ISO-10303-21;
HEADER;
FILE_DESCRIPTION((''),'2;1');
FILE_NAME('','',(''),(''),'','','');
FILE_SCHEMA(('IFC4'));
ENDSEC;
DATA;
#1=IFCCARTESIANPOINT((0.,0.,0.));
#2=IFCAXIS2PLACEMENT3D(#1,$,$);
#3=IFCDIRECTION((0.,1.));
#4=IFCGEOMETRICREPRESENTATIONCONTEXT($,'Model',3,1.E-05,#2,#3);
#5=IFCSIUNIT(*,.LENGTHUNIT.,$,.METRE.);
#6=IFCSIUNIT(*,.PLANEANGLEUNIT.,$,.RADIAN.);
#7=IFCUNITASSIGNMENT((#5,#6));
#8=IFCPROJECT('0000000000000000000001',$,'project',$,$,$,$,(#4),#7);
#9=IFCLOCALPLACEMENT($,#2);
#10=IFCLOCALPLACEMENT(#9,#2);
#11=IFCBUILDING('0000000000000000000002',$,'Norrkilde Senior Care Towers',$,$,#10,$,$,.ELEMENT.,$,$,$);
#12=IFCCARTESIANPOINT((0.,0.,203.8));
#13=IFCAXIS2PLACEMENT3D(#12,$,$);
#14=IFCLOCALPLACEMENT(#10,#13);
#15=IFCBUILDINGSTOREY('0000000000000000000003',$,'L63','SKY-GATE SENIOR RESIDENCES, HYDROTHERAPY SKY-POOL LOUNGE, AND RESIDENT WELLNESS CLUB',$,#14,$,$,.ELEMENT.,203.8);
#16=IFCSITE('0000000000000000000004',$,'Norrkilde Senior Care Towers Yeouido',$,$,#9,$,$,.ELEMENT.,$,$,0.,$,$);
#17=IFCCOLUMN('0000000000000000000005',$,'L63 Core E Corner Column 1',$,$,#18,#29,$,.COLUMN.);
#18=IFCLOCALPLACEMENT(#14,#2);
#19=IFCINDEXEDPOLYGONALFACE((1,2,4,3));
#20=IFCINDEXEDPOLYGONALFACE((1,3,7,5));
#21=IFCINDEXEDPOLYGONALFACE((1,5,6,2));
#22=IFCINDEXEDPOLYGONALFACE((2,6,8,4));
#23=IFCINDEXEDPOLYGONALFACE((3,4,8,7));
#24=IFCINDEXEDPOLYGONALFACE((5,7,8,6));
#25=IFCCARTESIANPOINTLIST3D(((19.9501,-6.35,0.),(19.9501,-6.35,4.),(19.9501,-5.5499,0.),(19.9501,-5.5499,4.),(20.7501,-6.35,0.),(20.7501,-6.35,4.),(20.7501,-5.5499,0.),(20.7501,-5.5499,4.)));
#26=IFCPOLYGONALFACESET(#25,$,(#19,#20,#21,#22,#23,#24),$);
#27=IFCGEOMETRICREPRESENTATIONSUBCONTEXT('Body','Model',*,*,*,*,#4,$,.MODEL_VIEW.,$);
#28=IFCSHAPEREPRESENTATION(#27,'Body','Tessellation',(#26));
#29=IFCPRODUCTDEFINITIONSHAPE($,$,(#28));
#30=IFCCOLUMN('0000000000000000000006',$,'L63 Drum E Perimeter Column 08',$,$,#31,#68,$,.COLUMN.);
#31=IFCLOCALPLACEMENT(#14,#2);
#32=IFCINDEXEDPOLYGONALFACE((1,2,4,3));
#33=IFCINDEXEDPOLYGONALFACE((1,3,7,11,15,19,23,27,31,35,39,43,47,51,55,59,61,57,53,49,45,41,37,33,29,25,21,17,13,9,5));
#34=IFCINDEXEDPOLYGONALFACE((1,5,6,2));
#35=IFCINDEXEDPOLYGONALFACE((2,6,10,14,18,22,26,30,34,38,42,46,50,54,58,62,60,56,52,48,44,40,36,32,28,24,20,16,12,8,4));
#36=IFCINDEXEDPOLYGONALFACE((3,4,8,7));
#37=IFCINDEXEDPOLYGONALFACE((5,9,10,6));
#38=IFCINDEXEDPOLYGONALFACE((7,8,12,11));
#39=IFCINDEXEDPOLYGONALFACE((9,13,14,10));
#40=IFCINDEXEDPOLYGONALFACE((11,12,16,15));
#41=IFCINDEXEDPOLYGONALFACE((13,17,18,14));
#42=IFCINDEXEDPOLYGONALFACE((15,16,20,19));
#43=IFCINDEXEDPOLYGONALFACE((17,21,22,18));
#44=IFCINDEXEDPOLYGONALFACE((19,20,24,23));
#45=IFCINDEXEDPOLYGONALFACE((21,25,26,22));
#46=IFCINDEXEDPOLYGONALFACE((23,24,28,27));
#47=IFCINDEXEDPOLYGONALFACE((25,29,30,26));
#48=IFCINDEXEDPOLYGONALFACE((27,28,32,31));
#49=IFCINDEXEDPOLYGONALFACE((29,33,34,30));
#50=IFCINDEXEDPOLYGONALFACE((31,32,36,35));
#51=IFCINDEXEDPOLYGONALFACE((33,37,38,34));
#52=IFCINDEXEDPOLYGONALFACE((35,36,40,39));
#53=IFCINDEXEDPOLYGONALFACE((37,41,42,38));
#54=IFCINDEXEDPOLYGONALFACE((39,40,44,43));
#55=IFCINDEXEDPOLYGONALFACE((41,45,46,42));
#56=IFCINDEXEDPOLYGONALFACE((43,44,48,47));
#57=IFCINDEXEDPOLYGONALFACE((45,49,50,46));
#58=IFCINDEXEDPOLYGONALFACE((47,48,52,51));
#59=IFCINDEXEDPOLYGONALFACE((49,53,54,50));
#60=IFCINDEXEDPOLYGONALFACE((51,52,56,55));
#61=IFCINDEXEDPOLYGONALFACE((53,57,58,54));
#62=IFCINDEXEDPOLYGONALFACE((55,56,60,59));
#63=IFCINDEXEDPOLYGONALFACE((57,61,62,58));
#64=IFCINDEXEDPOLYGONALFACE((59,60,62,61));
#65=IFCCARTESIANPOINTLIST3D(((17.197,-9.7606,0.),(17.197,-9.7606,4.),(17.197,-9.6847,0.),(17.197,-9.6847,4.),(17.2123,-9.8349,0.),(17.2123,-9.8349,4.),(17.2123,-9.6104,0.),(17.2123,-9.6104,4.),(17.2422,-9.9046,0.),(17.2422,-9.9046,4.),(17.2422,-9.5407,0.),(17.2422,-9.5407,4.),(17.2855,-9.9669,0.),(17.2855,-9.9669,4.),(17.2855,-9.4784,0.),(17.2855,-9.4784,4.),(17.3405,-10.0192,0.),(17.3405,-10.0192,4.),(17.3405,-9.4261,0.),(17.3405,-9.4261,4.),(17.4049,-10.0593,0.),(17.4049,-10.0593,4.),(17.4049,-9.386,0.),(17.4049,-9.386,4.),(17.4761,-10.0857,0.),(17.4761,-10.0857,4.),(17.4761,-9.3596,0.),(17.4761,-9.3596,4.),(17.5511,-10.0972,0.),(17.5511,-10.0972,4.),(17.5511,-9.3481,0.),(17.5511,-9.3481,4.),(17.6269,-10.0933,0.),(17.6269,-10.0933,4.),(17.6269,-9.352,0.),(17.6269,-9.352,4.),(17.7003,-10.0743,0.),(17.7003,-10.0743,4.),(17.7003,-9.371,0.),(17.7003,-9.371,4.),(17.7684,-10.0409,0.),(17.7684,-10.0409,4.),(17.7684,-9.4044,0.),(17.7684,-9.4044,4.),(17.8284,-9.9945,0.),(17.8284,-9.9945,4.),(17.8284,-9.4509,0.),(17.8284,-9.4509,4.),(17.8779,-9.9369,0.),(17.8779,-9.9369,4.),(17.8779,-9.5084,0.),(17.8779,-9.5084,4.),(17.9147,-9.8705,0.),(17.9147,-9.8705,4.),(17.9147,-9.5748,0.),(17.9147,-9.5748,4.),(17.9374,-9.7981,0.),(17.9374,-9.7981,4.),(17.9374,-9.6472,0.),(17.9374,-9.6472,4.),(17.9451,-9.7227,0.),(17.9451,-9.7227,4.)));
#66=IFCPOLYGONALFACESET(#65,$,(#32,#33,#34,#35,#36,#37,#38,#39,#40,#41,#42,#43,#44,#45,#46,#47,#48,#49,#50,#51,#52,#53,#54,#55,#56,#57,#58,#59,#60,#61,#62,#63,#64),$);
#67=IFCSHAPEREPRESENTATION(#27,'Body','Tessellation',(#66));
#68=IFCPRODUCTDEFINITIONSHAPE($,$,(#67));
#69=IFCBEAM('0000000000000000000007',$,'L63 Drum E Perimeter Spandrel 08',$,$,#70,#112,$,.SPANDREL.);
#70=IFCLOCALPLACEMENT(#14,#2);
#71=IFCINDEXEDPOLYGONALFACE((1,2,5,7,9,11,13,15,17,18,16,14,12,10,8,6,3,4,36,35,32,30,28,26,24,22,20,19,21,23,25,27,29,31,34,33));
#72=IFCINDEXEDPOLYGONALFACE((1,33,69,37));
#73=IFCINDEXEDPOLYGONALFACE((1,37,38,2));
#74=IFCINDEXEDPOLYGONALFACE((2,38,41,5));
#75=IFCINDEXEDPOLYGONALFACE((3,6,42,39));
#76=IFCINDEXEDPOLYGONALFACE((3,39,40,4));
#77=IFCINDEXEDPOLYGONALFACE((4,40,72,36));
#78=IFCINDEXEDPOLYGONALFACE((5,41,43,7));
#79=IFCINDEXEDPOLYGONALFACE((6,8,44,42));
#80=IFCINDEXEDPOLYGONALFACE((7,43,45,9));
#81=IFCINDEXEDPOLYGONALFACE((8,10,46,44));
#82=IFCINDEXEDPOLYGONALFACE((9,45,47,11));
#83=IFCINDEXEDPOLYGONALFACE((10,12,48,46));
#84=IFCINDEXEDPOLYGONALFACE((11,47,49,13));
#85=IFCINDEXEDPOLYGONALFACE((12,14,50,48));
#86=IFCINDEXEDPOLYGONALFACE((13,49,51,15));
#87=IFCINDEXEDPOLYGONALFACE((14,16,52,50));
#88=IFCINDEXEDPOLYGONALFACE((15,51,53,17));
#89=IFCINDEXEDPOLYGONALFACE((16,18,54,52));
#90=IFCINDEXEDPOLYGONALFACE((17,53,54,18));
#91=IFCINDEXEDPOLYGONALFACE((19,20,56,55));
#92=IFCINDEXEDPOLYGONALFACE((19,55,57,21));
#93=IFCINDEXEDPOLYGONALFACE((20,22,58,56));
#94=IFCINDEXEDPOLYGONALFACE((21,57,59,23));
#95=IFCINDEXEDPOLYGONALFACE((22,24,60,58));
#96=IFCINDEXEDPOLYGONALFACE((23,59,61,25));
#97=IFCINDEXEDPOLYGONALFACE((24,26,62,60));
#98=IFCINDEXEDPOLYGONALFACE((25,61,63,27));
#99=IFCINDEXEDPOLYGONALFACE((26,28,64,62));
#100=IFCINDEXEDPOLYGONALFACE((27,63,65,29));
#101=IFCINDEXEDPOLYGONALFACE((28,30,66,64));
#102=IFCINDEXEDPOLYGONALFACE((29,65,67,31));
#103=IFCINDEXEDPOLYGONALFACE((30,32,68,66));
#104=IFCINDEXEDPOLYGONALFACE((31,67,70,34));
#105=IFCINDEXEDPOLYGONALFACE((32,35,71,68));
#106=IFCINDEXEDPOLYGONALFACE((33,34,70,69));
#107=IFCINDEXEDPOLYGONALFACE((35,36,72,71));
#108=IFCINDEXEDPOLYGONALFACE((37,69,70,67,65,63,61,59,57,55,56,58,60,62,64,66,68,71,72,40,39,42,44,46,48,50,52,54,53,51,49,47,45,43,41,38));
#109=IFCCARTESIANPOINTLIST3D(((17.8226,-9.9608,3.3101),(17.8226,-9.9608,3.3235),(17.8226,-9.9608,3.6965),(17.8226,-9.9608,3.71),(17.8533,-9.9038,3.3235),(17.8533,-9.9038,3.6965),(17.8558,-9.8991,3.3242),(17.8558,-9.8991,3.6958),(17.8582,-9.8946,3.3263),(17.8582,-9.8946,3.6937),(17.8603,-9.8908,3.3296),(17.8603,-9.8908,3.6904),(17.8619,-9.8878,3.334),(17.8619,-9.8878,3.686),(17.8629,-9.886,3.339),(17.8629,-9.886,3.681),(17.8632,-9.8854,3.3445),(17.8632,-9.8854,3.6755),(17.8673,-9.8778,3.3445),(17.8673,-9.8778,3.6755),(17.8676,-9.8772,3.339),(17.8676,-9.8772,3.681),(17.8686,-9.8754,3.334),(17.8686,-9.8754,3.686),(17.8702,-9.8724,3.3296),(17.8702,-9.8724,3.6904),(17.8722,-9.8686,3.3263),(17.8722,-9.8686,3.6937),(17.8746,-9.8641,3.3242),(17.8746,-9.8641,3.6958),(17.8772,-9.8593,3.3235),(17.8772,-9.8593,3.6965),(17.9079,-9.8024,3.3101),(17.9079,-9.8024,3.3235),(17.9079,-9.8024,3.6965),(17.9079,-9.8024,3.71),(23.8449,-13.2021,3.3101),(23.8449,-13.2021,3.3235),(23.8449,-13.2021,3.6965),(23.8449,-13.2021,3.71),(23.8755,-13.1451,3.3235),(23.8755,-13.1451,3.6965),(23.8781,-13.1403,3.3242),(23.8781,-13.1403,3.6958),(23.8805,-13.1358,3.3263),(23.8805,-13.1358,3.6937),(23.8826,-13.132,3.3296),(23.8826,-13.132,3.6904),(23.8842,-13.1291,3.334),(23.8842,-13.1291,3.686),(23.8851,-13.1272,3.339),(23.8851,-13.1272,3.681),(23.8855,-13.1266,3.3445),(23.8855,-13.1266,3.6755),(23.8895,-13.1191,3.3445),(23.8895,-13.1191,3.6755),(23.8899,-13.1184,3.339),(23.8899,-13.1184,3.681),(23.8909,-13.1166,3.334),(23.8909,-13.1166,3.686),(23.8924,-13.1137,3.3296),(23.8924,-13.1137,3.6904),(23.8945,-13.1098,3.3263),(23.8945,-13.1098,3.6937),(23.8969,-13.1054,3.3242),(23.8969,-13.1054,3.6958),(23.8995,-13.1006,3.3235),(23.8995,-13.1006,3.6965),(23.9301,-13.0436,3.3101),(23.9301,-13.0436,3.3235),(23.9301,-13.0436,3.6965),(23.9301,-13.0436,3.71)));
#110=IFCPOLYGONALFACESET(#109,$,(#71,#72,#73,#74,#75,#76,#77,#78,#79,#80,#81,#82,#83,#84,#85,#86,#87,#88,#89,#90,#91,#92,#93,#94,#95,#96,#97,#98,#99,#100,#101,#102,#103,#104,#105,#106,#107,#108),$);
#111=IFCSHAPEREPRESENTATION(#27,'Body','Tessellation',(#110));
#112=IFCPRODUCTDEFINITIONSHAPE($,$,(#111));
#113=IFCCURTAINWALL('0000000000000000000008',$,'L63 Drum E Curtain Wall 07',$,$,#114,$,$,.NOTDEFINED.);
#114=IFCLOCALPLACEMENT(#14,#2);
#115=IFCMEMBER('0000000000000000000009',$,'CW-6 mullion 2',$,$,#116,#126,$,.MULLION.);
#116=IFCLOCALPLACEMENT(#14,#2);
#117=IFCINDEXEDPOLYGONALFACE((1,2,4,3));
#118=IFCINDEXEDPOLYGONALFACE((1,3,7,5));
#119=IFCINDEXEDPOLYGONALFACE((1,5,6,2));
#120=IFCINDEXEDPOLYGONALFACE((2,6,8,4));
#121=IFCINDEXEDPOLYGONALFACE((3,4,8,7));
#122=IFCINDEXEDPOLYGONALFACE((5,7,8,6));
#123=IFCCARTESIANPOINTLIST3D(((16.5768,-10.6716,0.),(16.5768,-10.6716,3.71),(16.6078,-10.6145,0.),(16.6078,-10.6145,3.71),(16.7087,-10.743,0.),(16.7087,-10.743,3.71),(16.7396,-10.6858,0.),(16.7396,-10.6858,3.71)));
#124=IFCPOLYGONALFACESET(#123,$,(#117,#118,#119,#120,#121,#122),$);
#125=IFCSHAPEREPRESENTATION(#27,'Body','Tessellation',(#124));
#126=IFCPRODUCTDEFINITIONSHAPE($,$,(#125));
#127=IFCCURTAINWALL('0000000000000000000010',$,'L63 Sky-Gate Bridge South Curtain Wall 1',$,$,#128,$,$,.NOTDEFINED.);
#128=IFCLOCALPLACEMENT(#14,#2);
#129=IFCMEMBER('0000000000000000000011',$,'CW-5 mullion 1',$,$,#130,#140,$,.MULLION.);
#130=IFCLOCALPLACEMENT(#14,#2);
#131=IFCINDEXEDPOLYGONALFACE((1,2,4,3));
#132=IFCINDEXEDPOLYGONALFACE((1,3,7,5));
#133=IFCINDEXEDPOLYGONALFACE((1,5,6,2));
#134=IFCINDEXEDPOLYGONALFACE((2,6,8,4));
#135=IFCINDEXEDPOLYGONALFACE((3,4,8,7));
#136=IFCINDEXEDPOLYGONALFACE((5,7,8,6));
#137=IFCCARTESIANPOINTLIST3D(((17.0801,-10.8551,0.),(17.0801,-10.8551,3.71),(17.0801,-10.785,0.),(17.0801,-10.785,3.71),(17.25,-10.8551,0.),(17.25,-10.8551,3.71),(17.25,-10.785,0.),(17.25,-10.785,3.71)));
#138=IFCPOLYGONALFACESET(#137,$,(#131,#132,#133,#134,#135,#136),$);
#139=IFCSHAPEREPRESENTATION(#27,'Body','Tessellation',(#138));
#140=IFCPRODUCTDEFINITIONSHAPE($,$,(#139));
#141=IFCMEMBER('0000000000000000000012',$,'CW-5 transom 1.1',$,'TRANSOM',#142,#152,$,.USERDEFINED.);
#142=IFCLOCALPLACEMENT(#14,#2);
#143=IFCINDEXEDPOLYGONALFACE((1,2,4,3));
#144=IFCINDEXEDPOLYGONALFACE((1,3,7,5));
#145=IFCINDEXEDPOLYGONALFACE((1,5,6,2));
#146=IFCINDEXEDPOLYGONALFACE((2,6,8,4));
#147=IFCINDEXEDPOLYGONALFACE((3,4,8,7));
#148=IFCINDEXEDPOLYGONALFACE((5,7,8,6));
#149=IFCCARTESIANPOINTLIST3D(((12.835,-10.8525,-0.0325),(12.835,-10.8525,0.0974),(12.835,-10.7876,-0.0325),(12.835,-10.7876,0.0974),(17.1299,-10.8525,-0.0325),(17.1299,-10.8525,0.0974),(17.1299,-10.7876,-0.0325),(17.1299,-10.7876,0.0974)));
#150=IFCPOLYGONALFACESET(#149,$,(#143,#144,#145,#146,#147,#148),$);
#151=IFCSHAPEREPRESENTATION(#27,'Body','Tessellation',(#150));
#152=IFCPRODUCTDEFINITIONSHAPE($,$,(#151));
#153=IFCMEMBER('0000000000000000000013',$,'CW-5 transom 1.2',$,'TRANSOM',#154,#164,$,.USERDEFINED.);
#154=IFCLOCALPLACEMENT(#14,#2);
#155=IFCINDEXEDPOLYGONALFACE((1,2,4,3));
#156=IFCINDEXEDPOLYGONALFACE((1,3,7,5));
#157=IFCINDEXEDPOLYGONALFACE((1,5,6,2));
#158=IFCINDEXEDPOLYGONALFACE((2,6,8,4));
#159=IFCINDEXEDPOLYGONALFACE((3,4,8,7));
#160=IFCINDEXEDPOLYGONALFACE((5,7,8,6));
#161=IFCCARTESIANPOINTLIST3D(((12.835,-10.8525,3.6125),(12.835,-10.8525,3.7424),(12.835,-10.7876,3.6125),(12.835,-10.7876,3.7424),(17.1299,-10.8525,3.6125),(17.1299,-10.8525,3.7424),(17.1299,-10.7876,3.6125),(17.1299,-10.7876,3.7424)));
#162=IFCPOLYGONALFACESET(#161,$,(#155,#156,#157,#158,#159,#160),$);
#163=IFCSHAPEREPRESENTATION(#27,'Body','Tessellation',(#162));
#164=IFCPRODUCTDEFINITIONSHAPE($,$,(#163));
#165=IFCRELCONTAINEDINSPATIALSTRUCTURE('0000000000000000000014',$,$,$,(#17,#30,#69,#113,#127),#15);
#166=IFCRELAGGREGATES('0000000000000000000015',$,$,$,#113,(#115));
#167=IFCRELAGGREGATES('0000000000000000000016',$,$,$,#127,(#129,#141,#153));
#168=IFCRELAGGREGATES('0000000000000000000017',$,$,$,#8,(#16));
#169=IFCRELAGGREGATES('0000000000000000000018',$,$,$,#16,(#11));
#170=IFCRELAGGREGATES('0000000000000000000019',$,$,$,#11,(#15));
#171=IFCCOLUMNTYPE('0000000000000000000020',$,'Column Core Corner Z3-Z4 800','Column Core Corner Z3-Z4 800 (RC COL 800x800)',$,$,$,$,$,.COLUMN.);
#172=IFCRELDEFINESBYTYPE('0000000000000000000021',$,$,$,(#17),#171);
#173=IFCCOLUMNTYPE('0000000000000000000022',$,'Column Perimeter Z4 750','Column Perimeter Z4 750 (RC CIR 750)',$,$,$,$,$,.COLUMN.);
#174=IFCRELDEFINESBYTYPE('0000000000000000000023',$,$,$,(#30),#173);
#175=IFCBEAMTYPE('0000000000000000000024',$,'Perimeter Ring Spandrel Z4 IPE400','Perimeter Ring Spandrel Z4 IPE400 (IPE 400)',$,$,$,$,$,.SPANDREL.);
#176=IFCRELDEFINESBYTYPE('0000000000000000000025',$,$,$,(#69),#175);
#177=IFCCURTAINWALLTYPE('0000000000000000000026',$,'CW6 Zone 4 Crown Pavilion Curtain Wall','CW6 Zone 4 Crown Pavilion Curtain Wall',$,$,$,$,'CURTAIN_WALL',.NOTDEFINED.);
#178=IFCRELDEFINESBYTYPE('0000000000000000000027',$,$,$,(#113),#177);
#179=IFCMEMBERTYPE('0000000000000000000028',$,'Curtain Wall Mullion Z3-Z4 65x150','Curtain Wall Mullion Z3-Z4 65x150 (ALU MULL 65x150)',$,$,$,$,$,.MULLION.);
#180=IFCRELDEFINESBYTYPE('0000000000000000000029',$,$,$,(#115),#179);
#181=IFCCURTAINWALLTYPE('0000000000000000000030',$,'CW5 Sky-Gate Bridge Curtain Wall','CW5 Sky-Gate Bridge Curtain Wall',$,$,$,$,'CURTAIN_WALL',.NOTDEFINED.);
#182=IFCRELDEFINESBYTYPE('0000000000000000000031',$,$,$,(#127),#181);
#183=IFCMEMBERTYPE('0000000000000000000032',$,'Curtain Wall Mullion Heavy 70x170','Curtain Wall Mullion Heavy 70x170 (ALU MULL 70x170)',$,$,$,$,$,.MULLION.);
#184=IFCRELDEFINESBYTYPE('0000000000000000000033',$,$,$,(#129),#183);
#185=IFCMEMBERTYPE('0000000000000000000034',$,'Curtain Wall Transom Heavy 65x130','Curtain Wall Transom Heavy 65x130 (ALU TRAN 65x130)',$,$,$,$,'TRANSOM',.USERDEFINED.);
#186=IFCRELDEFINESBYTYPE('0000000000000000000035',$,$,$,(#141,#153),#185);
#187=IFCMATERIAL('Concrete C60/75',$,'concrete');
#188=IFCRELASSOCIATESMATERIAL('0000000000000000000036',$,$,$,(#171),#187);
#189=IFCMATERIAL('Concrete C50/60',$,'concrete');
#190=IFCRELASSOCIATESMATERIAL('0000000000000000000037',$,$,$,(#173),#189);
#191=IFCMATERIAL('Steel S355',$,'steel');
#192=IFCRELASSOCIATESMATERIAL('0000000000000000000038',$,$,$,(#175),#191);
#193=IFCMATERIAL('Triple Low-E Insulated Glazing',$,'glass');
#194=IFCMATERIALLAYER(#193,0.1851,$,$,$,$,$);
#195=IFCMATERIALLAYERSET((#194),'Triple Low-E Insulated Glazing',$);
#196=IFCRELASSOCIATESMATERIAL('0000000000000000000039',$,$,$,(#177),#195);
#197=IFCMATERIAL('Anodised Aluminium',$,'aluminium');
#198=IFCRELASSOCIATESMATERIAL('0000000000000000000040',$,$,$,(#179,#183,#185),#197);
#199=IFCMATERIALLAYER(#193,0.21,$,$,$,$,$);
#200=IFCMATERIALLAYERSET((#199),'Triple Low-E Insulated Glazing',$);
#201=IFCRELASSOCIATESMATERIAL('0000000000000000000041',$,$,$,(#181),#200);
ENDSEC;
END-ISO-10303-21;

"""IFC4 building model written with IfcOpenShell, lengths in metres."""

from ifc_helpers import new_model, si_unit, direction, frame, origin, origin_2d, place, context, subcontext, project, spatial, rectangle, circle, i_section, extrude, source, transform, mapped, material, layer, layer_set, material_profile, profile_set, type_object, type_shapes, element, aggregate, save


model = new_model("IFC4")

# Units and contexts
model_context = context("Model", 3, precision=1e-05, world=origin(), true_north=direction((0.0, 1.0)))
body_context = subcontext(model_context, "Body", "Model", "MODEL_VIEW")
ifc_project = project(units=[si_unit("LENGTHUNIT", "METRE"), si_unit("PLANEANGLEUNIT", "RADIAN")], contexts=[model_context])

# Site, building, storey
site_placement = place(None, origin())
site = spatial("IfcSite", under=ifc_project, at=site_placement, Name="Norrkilde Senior Care Towers Yeouido", CompositionType="ELEMENT", RefElevation=0.0)
building_placement = place(site_placement, origin())
building = spatial("IfcBuilding", under=site, at=building_placement, Name="Norrkilde Senior Care Towers", CompositionType="ELEMENT")
storey_placement = place(building_placement, frame((0.0, 0.0, 203.8)))
storey = spatial("IfcBuildingStorey", under=building, at=storey_placement, Name="L63", Description="SKY-GATE SENIOR RESIDENCES, HYDROTHERAPY SKY-POOL LOUNGE, AND RESIDENT WELLNESS CLUB", CompositionType="ELEMENT", Elevation=203.8)

# Columns
ifc_material_1 = material(Name="Concrete C60/75", Category="concrete")
ifc_material_profile_1 = material_profile(ifc_material_1, rectangle(XDim=0.8, YDim=0.8, at=origin_2d()), Name="RC COL 800x800")
ifc_profile_set_1 = profile_set([ifc_material_profile_1], Name="Concrete C60/75")
column_type_1 = type_object("IfcColumnType", Name="Column Core Corner Z3-Z4 800", Description="Column Core Corner Z3-Z4 800 (RC COL 800x800)", PredefinedType="COLUMN", material=ifc_profile_set_1)
shared_shape_1 = source(origin(), body_context, "Body", "SweptSolid", [
    extrude(rectangle(XDim=0.8, YDim=0.8, at=origin_2d()), origin(), (0.0, 0.0, 1.0), 4.0),
])
type_shapes(column_type_1, [shared_shape_1])
column_1_placement = place(storey_placement, frame((20.3501, -5.95, 0.0), z_axis=(0.0, 0.0, 1.0), x_axis=(1.0, 0.0, 0.0)))
element("IfcColumn", 1, at=column_1_placement, inside=storey, type_object=column_type_1, Name="L63 Core E Corner Column 1", PredefinedType="COLUMN", context=body_context, shape_type="MappedRepresentation", body=[
    mapped(shared_shape_1, transform((0.0, 0.0, 0.0), x_axis=(1.0, 0.0, 0.0), y_axis=(0.0, 1.0, 0.0), z_axis=(0.0, 0.0, 1.0), scale=1.0)),
])
ifc_material_2 = material(Name="Concrete C50/60", Category="concrete")
ifc_material_profile_2 = material_profile(ifc_material_2, circle(Radius=0.375, at=origin_2d()), Name="RC CIR 750")
ifc_profile_set_2 = profile_set([ifc_material_profile_2], Name="Concrete C50/60")
column_type_2 = type_object("IfcColumnType", Name="Column Perimeter Z4 750", Description="Column Perimeter Z4 750 (RC CIR 750)", PredefinedType="COLUMN", material=ifc_profile_set_2)
shared_shape_2 = source(origin(), body_context, "Body", "SweptSolid", [
    extrude(circle(Radius=0.375, at=origin_2d()), origin(), (0.0, 0.0, 1.0), 4.0),
])
type_shapes(column_type_2, [shared_shape_2])
column_2_placement = place(storey_placement, frame((17.5701, -9.7227, 0.0), z_axis=(0.0, 0.0, 1.0), x_axis=(1.0, 0.0, 0.0)))
element("IfcColumn", 2, at=column_2_placement, inside=storey, type_object=column_type_2, Name="L63 Drum E Perimeter Column 08", PredefinedType="COLUMN", context=body_context, shape_type="MappedRepresentation", body=[
    mapped(shared_shape_2, transform((0.0, 0.0, 0.0), x_axis=(1.0, 0.0, 0.0), y_axis=(0.0, 1.0, 0.0), z_axis=(0.0, 0.0, 1.0), scale=1.0)),
])

# Beam
ifc_material_3 = material(Name="Steel S355", Category="steel")
ifc_material_profile_3 = material_profile(ifc_material_3, i_section(OverallWidth=0.1799, OverallDepth=0.3999, WebThickness=0.0085, FlangeThickness=0.0134, FilletRadius=0.021, at=origin_2d()), Name="IPE 400")
ifc_profile_set_3 = profile_set([ifc_material_profile_3], Name="Steel S355")
beam_type = type_object("IfcBeamType", Name="Perimeter Ring Spandrel Z4 IPE400", Description="Perimeter Ring Spandrel Z4 IPE400 (IPE 400)", PredefinedType="SPANDREL", material=ifc_profile_set_3)
shared_shape_3 = source(origin(), body_context, "Body", "SweptSolid", [
    extrude(i_section(OverallWidth=0.1799, OverallDepth=0.3999, WebThickness=0.0085, FlangeThickness=0.0134, FilletRadius=0.021, at=origin_2d()), origin(), (0.0, 0.0, 1.0), 6.8391),
])
type_shapes(beam_type, [shared_shape_3])
beam_placement = place(storey_placement, frame((17.8652, -9.8816, 3.51), z_axis=(0.880564, -0.473927, 0.0), x_axis=(0.473927, 0.880564, 0.0)))
element("IfcBeam", 3, at=beam_placement, inside=storey, type_object=beam_type, Name="L63 Drum E Perimeter Spandrel 08", PredefinedType="SPANDREL", context=body_context, shape_type="MappedRepresentation", body=[
    mapped(shared_shape_3, transform((0.0, 0.0, 0.0), x_axis=(1.0, 0.0, 0.0), y_axis=(0.0, 1.0, 0.0), z_axis=(0.0, 0.0, 1.0), scale=1.0)),
])

# Curtain wall, member
ifc_material_4 = material(Name="Triple Low-E Insulated Glazing", Category="glass")
ifc_layer_1 = layer(ifc_material_4, 0.1851)
ifc_layer_set_1 = layer_set([ifc_layer_1], Name="Triple Low-E Insulated Glazing")
curtain_wall_type_1 = type_object("IfcCurtainWallType", Name="CW6 Zone 4 Crown Pavilion Curtain Wall", Description="CW6 Zone 4 Crown Pavilion Curtain Wall", ElementType="CURTAIN_WALL", PredefinedType="NOTDEFINED", material=ifc_layer_set_1)
curtain_wall_1_placement = place(storey_placement, origin())
curtain_wall_1 = element("IfcCurtainWall", 4, at=curtain_wall_1_placement, inside=storey, type_object=curtain_wall_type_1, Name="L63 Drum E Curtain Wall 07", PredefinedType="NOTDEFINED")
ifc_material_5 = material(Name="Anodised Aluminium", Category="aluminium")
ifc_material_profile_4 = material_profile(ifc_material_5, rectangle(XDim=0.0649, YDim=0.1499, at=origin_2d()), Name="ALU MULL 65x150")
ifc_profile_set_4 = profile_set([ifc_material_profile_4], Name="Anodised Aluminium")
member_type_1 = type_object("IfcMemberType", Name="Curtain Wall Mullion Z3-Z4 65x150", Description="Curtain Wall Mullion Z3-Z4 65x150 (ALU MULL 65x150)", PredefinedType="MULLION", material=ifc_profile_set_4)
shared_shape_4 = source(origin(), body_context, "Body", "SweptSolid", [
    extrude(rectangle(XDim=0.0649, YDim=0.1499, at=origin_2d()), origin(), (0.0, 0.0, 1.0), 3.71),
])
type_shapes(member_type_1, [shared_shape_4])
member_1_placement = place(storey_placement, frame((16.6582, -10.6787, 0.0), z_axis=(0.0, 0.0, 1.0), x_axis=(-0.476133, -0.879373, 0.0)))
member_1 = element("IfcMember", 5, at=member_1_placement, type_object=member_type_1, Name="CW-6 mullion 2", PredefinedType="MULLION", context=body_context, shape_type="MappedRepresentation", body=[
    mapped(shared_shape_4, transform((0.0, 0.0, 0.0), x_axis=(1.0, 0.0, 0.0), y_axis=(0.0, 1.0, 0.0), z_axis=(0.0, 0.0, 1.0), scale=1.0)),
])

# Curtain wall, members
ifc_layer_2 = layer(ifc_material_4, 0.21)
ifc_layer_set_2 = layer_set([ifc_layer_2], Name="Triple Low-E Insulated Glazing")
curtain_wall_type_2 = type_object("IfcCurtainWallType", Name="CW5 Sky-Gate Bridge Curtain Wall", Description="CW5 Sky-Gate Bridge Curtain Wall", ElementType="CURTAIN_WALL", PredefinedType="NOTDEFINED", material=ifc_layer_set_2)
curtain_wall_2_placement = place(storey_placement, origin())
curtain_wall_2 = element("IfcCurtainWall", 6, at=curtain_wall_2_placement, inside=storey, type_object=curtain_wall_type_2, Name="L63 Sky-Gate Bridge South Curtain Wall 1", PredefinedType="NOTDEFINED")
ifc_material_profile_5 = material_profile(ifc_material_5, rectangle(XDim=0.0701, YDim=0.1699, at=origin_2d()), Name="ALU MULL 70x170")
ifc_profile_set_5 = profile_set([ifc_material_profile_5], Name="Anodised Aluminium")
member_type_2 = type_object("IfcMemberType", Name="Curtain Wall Mullion Heavy 70x170", Description="Curtain Wall Mullion Heavy 70x170 (ALU MULL 70x170)", PredefinedType="MULLION", material=ifc_profile_set_5)
shared_shape_5 = source(origin(), body_context, "Body", "SweptSolid", [
    extrude(rectangle(XDim=0.0701, YDim=0.1699, at=origin_2d()), origin(), (0.0, 0.0, 1.0), 3.71),
])
type_shapes(member_type_2, [shared_shape_5])
member_2_placement = place(storey_placement, frame((17.165, -10.8201, 0.0), z_axis=(0.0, 0.0, 1.0), x_axis=(0.0, -1.0, 0.0)))
member_2 = element("IfcMember", 7, at=member_2_placement, type_object=member_type_2, Name="CW-5 mullion 1", PredefinedType="MULLION", context=body_context, shape_type="MappedRepresentation", body=[
    mapped(shared_shape_5, transform((0.0, 0.0, 0.0), x_axis=(1.0, 0.0, 0.0), y_axis=(0.0, 1.0, 0.0), z_axis=(0.0, 0.0, 1.0), scale=1.0)),
])
ifc_material_profile_6 = material_profile(ifc_material_5, rectangle(XDim=0.0649, YDim=0.1299, at=origin_2d()), Name="ALU TRAN 65x130")
ifc_profile_set_6 = profile_set([ifc_material_profile_6], Name="Anodised Aluminium")
member_type_3 = type_object("IfcMemberType", Name="Curtain Wall Transom Heavy 65x130", Description="Curtain Wall Transom Heavy 65x130 (ALU TRAN 65x130)", ElementType="TRANSOM", PredefinedType="USERDEFINED", material=ifc_profile_set_6)
shared_shape_6 = source(origin(), body_context, "Body", "SweptSolid", [
    extrude(rectangle(XDim=0.0649, YDim=0.1299, at=origin_2d()), origin(), (0.0, 0.0, 1.0), 4.2949),
])
type_shapes(member_type_3, [shared_shape_6])
member_3_placement = place(storey_placement, frame((17.1299, -10.8201, 0.0325), z_axis=(-1.0, 0.0, 0.0), x_axis=(0.0, -1.0, 0.0)))
member_3 = element("IfcMember", 8, at=member_3_placement, type_object=member_type_3, Name="CW-5 transom 1.1", ObjectType="TRANSOM", PredefinedType="USERDEFINED", context=body_context, shape_type="MappedRepresentation", body=[
    mapped(shared_shape_6, transform((0.0, 0.0, 0.0), x_axis=(1.0, 0.0, 0.0), y_axis=(0.0, 1.0, 0.0), z_axis=(0.0, 0.0, 1.0), scale=1.0)),
])
member_4_placement = place(storey_placement, frame((17.1299, -10.8201, 3.6775), z_axis=(-1.0, 0.0, 0.0), x_axis=(0.0, -1.0, 0.0)))
member_4 = element("IfcMember", 9, at=member_4_placement, type_object=member_type_3, Name="CW-5 transom 1.2", ObjectType="TRANSOM", PredefinedType="USERDEFINED", context=body_context, shape_type="MappedRepresentation", body=[
    mapped(shared_shape_6, transform((0.0, 0.0, 0.0), x_axis=(1.0, 0.0, 0.0), y_axis=(0.0, 1.0, 0.0), z_axis=(0.0, 0.0, 1.0), scale=1.0)),
])

aggregate(curtain_wall_1, [member_1])
aggregate(curtain_wall_2, [member_2, member_3, member_4])

save(model, "model.ifc")
